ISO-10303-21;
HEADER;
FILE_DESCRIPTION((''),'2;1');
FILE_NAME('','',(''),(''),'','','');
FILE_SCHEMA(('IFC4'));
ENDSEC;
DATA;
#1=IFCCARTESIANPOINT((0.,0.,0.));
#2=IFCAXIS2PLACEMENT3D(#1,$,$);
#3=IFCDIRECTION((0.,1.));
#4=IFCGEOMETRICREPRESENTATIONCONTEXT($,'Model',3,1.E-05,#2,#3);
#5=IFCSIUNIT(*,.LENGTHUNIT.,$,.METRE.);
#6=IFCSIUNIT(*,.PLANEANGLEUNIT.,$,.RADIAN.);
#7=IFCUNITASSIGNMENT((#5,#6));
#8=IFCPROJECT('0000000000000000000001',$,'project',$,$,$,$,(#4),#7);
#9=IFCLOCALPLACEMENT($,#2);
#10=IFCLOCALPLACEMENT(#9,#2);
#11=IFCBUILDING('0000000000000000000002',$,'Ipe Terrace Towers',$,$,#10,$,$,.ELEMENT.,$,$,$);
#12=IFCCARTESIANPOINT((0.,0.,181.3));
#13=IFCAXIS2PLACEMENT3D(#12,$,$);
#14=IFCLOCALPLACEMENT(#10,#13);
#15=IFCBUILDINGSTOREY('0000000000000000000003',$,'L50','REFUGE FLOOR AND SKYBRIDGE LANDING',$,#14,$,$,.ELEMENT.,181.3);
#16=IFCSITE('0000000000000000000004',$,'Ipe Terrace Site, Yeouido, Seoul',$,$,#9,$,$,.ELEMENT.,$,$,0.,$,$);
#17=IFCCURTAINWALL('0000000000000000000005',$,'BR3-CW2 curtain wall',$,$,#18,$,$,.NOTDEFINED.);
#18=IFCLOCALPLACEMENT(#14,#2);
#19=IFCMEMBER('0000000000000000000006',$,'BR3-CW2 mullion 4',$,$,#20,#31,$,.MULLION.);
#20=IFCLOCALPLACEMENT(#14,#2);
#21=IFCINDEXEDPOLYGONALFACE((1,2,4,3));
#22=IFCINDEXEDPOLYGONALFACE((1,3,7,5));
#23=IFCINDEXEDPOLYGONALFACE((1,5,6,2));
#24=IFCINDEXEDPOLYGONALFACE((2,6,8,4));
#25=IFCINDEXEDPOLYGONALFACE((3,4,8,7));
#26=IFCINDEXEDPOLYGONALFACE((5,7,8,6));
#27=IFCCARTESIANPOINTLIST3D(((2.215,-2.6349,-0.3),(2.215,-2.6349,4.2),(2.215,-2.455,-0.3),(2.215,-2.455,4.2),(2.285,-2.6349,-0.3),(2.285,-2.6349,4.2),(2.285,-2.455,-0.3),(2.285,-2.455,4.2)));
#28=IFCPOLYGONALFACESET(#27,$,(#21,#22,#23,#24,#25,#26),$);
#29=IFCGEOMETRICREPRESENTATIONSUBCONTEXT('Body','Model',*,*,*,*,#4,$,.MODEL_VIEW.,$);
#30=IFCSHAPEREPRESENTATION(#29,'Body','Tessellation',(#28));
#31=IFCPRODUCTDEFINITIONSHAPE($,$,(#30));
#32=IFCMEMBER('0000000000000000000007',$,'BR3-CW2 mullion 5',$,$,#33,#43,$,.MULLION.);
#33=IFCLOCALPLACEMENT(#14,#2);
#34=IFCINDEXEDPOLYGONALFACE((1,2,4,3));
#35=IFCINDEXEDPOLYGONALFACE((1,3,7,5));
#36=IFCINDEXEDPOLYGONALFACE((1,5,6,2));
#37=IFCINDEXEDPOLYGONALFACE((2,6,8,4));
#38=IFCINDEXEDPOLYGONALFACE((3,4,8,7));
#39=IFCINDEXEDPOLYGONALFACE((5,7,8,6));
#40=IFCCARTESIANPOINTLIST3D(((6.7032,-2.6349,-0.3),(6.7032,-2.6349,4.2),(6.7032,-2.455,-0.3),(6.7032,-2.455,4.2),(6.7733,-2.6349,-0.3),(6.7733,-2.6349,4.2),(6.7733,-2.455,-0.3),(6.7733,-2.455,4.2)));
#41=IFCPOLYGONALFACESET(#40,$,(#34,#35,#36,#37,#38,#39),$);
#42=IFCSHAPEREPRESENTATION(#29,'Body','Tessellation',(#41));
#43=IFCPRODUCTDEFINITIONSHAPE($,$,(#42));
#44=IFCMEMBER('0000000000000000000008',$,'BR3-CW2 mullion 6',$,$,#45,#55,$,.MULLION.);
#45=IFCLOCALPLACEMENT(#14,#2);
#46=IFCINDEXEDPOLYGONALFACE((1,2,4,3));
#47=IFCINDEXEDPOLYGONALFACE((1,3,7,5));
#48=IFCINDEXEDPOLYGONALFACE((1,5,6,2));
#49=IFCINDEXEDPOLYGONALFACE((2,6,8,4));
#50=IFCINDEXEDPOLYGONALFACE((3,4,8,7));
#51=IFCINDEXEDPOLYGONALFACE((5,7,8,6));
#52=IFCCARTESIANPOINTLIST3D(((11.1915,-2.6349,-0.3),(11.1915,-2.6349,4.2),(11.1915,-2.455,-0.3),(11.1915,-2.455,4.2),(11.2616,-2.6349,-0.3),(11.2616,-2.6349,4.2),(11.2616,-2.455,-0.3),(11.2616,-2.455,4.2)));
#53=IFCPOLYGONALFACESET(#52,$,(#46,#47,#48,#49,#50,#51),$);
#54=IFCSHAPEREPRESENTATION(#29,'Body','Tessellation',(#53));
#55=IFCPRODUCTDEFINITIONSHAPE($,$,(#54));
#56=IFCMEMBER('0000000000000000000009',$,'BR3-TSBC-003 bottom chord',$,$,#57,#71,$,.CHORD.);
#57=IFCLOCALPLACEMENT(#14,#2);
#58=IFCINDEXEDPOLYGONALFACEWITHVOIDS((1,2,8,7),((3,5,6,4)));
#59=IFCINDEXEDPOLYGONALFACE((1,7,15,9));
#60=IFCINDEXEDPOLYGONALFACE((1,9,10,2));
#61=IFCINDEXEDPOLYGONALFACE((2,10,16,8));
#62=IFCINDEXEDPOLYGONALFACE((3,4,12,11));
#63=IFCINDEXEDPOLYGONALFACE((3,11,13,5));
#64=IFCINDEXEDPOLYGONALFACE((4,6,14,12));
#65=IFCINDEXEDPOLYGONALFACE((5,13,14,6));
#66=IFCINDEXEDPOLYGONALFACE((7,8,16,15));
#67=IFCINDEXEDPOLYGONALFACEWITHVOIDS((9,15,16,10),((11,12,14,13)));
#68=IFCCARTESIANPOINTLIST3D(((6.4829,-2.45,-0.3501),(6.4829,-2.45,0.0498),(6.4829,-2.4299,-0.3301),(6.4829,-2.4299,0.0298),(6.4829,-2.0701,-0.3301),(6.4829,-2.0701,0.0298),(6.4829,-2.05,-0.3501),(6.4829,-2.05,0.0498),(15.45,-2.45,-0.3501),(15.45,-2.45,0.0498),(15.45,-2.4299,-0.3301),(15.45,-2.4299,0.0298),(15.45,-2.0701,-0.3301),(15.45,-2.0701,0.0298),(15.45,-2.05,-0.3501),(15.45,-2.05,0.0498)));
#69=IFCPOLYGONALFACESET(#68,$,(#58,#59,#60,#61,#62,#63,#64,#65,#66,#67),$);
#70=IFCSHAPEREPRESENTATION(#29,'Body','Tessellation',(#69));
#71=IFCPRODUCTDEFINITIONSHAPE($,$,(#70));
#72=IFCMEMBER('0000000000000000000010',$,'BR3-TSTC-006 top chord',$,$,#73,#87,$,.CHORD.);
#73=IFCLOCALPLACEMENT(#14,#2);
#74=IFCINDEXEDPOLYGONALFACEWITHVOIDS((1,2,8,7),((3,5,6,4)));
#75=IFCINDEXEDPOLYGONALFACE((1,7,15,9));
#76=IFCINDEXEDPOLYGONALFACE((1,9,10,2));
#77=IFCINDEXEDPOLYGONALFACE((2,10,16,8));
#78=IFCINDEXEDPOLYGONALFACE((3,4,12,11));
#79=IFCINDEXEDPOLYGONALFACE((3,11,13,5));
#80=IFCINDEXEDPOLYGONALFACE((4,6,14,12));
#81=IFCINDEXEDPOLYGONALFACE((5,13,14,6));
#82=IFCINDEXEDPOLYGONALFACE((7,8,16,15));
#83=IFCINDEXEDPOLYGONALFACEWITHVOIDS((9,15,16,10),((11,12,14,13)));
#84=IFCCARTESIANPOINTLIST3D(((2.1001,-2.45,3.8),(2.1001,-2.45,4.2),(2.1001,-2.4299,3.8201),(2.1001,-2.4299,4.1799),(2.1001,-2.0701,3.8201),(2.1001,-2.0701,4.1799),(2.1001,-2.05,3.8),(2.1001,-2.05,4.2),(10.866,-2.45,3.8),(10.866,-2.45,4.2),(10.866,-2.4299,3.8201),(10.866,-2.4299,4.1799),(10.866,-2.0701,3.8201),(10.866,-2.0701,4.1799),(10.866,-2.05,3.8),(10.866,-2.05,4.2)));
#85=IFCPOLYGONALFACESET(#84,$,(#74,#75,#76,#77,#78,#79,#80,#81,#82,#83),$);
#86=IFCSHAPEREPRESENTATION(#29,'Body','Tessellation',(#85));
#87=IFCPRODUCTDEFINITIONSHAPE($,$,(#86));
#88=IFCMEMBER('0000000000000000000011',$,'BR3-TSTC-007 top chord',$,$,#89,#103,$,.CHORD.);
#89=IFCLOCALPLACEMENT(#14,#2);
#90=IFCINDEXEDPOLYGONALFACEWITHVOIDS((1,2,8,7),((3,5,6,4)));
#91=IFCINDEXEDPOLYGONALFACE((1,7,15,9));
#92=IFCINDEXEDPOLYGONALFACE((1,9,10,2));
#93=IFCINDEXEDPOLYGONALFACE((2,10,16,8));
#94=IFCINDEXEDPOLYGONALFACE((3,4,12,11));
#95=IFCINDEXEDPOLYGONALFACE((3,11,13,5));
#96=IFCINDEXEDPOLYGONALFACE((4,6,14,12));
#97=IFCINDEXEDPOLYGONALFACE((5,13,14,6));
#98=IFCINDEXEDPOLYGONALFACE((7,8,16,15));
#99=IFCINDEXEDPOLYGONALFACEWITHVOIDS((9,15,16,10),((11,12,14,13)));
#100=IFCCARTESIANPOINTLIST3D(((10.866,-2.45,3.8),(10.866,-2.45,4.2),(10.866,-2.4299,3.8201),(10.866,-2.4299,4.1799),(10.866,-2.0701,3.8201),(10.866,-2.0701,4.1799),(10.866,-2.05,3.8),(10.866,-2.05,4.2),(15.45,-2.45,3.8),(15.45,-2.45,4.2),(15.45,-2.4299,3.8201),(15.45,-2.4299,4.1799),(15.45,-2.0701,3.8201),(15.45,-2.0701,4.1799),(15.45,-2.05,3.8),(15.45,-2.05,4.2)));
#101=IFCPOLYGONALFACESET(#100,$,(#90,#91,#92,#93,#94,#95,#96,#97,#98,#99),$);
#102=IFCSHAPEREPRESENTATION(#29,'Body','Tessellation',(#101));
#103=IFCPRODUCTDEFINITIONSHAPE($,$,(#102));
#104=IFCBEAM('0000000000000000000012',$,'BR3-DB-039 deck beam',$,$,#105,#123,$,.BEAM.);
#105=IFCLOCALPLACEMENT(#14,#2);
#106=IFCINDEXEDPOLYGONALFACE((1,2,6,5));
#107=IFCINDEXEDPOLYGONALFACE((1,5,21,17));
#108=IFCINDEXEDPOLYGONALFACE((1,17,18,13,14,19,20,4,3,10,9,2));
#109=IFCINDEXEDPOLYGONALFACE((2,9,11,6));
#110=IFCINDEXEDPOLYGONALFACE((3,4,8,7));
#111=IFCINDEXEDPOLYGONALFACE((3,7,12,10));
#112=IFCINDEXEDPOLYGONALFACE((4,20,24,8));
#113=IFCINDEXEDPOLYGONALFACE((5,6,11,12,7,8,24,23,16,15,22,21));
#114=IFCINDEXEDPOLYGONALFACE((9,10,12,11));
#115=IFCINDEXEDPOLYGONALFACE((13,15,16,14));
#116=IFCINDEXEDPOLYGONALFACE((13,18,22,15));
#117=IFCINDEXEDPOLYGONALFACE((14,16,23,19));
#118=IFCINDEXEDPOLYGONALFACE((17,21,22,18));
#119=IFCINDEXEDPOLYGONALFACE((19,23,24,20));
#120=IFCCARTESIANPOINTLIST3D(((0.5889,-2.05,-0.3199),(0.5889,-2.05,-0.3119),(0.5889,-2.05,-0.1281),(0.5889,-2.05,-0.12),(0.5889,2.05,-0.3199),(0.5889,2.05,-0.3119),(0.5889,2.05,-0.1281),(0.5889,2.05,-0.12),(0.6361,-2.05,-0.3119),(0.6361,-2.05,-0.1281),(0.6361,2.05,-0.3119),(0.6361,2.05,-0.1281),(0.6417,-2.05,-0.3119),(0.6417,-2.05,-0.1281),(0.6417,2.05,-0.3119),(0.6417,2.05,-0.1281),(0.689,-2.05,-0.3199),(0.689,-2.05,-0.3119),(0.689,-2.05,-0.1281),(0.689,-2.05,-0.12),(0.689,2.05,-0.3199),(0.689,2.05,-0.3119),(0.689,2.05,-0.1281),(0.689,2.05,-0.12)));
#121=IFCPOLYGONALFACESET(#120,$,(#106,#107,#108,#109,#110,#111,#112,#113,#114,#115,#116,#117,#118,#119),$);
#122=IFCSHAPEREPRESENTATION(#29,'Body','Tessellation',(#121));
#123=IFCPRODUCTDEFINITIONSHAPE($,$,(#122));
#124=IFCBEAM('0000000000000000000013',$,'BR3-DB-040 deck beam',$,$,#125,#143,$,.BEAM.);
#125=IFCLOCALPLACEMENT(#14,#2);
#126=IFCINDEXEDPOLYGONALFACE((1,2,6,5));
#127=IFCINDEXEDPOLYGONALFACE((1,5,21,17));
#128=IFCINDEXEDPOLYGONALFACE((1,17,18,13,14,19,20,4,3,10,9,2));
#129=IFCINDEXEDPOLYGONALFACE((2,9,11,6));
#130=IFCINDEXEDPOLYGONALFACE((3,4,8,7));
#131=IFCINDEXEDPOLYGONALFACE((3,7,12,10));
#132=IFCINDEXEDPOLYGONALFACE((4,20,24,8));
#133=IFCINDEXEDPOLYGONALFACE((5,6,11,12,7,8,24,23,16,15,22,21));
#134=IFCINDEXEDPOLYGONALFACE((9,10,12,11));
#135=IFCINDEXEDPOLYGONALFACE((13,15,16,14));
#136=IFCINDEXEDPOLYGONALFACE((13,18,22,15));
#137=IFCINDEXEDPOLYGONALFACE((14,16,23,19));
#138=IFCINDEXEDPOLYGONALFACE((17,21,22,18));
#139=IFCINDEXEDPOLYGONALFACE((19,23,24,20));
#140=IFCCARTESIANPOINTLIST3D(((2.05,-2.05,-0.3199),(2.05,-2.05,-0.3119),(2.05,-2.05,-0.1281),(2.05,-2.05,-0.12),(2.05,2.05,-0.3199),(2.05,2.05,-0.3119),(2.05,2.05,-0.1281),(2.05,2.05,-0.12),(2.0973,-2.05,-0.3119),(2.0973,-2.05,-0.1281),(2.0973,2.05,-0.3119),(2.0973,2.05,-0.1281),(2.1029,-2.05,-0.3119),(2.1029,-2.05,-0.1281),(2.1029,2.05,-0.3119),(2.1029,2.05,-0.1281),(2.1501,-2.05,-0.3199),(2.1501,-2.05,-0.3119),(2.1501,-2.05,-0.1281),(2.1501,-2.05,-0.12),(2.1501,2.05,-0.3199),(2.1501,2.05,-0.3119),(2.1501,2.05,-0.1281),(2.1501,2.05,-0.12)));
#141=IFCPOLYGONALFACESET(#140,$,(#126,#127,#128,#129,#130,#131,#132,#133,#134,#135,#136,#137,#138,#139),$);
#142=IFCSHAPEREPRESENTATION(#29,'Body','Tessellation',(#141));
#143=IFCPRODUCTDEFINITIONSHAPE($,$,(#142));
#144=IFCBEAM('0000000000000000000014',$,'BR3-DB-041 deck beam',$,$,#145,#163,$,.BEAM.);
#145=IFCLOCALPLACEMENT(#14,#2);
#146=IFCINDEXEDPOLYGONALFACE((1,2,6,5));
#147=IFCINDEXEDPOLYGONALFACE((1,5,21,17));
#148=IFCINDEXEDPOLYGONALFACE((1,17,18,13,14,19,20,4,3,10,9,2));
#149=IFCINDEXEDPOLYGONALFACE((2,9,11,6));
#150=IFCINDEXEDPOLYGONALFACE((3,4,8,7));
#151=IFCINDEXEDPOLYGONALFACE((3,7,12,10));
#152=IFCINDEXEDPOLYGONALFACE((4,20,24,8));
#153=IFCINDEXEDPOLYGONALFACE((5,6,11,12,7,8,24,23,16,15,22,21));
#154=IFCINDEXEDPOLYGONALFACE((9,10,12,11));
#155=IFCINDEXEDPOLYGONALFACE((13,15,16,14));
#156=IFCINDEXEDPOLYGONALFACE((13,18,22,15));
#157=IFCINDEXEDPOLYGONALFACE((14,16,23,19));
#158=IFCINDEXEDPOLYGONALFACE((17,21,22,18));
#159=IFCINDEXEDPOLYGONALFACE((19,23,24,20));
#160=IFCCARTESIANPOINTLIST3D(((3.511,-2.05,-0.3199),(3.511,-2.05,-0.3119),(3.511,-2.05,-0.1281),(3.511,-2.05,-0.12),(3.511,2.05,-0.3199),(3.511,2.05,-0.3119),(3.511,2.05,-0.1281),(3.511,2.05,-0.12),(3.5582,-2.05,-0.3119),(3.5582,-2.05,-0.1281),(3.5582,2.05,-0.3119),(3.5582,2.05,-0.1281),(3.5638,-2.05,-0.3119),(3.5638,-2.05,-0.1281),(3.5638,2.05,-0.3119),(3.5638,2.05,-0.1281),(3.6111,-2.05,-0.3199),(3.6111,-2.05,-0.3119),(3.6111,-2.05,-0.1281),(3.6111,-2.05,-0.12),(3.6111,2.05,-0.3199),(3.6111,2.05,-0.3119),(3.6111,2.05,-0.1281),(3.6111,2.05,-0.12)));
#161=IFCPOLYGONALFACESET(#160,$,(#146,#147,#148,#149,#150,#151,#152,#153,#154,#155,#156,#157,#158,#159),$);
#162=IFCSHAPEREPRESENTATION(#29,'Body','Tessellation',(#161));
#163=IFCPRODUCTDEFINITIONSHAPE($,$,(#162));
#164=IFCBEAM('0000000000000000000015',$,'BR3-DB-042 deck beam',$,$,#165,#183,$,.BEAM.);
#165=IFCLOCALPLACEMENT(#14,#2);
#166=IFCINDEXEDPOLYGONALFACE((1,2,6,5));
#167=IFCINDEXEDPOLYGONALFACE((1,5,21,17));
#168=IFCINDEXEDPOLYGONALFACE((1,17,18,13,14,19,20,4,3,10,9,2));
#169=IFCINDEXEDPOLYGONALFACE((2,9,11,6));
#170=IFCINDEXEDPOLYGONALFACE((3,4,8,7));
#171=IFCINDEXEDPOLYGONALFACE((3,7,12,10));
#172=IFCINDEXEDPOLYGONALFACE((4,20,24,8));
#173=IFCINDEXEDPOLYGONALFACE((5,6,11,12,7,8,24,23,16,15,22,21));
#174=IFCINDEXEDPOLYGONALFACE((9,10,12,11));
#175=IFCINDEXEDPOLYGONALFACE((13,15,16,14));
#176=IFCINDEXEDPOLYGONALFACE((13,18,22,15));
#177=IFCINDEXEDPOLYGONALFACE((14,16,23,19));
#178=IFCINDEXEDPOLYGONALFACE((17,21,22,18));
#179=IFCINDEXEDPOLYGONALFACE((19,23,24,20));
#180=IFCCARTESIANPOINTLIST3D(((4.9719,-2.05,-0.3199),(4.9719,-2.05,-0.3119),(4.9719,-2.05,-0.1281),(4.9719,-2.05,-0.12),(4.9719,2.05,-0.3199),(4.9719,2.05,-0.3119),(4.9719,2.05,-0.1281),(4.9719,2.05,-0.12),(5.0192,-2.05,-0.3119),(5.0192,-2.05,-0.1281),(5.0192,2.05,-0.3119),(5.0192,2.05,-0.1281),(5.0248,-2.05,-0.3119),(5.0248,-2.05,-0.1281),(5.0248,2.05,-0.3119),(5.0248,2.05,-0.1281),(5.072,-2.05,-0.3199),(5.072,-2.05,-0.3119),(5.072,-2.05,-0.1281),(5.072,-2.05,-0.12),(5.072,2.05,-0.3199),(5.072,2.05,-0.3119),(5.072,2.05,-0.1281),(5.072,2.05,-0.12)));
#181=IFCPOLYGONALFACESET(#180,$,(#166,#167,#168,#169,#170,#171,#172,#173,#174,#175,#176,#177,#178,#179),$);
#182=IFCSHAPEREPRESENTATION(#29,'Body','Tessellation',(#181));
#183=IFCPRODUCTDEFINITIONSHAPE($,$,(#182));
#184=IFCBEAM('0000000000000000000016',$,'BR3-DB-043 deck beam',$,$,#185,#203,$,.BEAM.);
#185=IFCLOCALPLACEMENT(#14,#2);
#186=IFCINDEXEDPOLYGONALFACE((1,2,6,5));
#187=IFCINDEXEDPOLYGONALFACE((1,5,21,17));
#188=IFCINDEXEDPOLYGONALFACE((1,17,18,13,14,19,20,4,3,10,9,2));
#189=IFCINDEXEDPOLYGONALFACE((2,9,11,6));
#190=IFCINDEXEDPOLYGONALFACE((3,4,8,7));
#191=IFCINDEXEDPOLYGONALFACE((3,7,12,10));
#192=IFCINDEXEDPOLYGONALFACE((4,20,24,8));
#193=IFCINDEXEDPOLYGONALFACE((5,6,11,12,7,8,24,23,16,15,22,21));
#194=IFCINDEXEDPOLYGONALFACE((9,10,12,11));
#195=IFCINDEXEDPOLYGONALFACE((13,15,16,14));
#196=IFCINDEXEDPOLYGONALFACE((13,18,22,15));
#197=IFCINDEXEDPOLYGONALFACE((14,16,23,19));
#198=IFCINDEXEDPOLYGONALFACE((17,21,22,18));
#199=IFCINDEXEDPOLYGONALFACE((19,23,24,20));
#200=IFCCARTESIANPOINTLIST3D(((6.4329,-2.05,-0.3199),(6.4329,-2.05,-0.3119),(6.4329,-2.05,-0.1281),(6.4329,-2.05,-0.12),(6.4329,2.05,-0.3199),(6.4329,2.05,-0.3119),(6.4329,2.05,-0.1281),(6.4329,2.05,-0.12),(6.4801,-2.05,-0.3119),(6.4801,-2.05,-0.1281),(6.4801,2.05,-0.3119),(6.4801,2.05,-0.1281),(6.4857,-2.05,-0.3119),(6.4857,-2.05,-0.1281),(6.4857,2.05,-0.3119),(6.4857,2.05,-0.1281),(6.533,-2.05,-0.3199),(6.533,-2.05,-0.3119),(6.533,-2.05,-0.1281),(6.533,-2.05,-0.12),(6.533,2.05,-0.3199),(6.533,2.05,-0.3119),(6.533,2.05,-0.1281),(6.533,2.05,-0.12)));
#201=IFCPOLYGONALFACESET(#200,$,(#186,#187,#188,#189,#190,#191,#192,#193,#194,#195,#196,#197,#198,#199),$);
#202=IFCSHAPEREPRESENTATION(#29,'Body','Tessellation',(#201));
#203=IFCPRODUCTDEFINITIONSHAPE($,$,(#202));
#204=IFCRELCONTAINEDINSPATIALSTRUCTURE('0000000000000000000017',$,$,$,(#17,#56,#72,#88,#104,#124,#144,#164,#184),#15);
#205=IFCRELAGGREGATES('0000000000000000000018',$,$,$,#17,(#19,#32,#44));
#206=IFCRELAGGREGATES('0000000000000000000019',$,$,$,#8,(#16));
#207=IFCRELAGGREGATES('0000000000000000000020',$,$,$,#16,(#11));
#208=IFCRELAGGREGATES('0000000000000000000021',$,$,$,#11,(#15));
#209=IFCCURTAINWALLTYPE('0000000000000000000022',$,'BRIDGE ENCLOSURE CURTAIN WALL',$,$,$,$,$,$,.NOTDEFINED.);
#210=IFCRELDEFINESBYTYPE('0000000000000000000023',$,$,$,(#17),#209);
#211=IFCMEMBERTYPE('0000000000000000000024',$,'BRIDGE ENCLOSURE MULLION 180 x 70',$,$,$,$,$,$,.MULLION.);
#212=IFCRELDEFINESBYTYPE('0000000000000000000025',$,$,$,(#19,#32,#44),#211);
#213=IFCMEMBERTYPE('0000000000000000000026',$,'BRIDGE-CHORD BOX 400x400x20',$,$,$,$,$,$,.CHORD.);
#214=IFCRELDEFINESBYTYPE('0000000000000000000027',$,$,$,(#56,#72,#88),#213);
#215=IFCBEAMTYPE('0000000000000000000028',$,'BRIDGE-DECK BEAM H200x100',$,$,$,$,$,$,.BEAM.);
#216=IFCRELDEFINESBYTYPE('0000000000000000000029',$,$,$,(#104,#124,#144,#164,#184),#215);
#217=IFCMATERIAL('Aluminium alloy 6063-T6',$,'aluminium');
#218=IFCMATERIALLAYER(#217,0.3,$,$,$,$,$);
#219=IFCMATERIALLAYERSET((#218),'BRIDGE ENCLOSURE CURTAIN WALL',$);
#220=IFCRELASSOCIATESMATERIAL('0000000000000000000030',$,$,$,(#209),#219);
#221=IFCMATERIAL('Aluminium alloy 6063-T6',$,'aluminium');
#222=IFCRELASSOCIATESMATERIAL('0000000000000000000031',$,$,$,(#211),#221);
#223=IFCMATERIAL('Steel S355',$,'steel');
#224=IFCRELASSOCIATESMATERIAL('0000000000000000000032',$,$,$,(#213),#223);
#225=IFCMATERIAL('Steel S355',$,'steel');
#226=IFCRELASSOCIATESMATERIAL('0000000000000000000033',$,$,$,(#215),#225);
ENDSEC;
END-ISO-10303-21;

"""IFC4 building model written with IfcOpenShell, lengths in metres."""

from ifc_helpers import new_model, si_unit, direction, frame, origin, origin_2d, place, context, subcontext, project, spatial, rectangle, hollow_rectangle, i_section, extrude, material, layer, layer_set, material_profile, profile_set, type_object, element, aggregate, save


model = new_model("IFC4")

# Units and contexts
model_context = context("Model", 3, precision=1e-05, world=origin(), true_north=direction((0.0, 1.0)))
body_context = subcontext(model_context, "Body", "Model", "MODEL_VIEW")
ifc_project = project(units=[si_unit("LENGTHUNIT", "METRE"), si_unit("PLANEANGLEUNIT", "RADIAN")], contexts=[model_context])

# Site, building, storey
site_placement = place(None, origin())
site = spatial("IfcSite", under=ifc_project, at=site_placement, Name="Ipe Terrace Site, Yeouido, Seoul", CompositionType="ELEMENT", RefElevation=0.0)
building_placement = place(site_placement, origin())
building = spatial("IfcBuilding", under=site, at=building_placement, Name="Ipe Terrace Towers", CompositionType="ELEMENT")
storey_placement = place(building_placement, frame((0.0, 0.0, 181.3)))
storey = spatial("IfcBuildingStorey", under=building, at=storey_placement, Name="L50", Description="REFUGE FLOOR AND SKYBRIDGE LANDING", CompositionType="ELEMENT", Elevation=181.3)

# Curtain wall, members
ifc_material_1 = material(Name="Aluminium alloy 6063-T6", Category="aluminium")
ifc_layer_1 = layer(ifc_material_1, 0.3)
ifc_layer_set_1 = layer_set([ifc_layer_1], Name="BRIDGE ENCLOSURE CURTAIN WALL")
curtain_wall_type = type_object("IfcCurtainWallType", Name="BRIDGE ENCLOSURE CURTAIN WALL", PredefinedType="NOTDEFINED", material=ifc_layer_set_1)
curtain_wall_placement = place(storey_placement, origin())
curtain_wall = element("IfcCurtainWall", 1, at=curtain_wall_placement, inside=storey, type_object=curtain_wall_type, Name="BR3-CW2 curtain wall", PredefinedType="NOTDEFINED")
ifc_material_2 = material(Name="Aluminium alloy 6063-T6", Category="aluminium")
ifc_material_profile_1 = material_profile(ifc_material_2, rectangle(XDim=0.1799, YDim=0.0701, at=origin_2d()), Name="BRIDGE ENCLOSURE MULLION 180 x 70")
ifc_profile_set_1 = profile_set([ifc_material_profile_1], Name="Aluminium alloy 6063-T6")
member_type_1 = type_object("IfcMemberType", Name="BRIDGE ENCLOSURE MULLION 180 x 70", PredefinedType="MULLION", material=ifc_profile_set_1)
member_1_placement = place(storey_placement, frame((2.25, -2.5449, -0.3), z_axis=(0.0, 0.0, 1.0), x_axis=(0.0, -1.0, 0.0)))
member_1 = element("IfcMember", 2, at=member_1_placement, type_object=member_type_1, Name="BR3-CW2 mullion 4", PredefinedType="MULLION", context=body_context, shape_type="SweptSolid", body=[
    extrude(rectangle(XDim=0.1799, YDim=0.0701, at=origin_2d()), origin(), (0.0, 0.0, 1.0), 4.5),
])
member_2_placement = place(storey_placement, frame((6.7383, -2.5449, -0.3), z_axis=(0.0, 0.0, 1.0), x_axis=(0.0, -1.0, 0.0)))
member_2 = element("IfcMember", 3, at=member_2_placement, type_object=member_type_1, Name="BR3-CW2 mullion 5", PredefinedType="MULLION", context=body_context, shape_type="SweptSolid", body=[
    extrude(rectangle(XDim=0.1799, YDim=0.0701, at=origin_2d()), origin(), (0.0, 0.0, 1.0), 4.5),
])
member_3_placement = place(storey_placement, frame((11.2266, -2.5449, -0.3), z_axis=(0.0, 0.0, 1.0), x_axis=(0.0, -1.0, 0.0)))
member_3 = element("IfcMember", 4, at=member_3_placement, type_object=member_type_1, Name="BR3-CW2 mullion 6", PredefinedType="MULLION", context=body_context, shape_type="SweptSolid", body=[
    extrude(rectangle(XDim=0.1799, YDim=0.0701, at=origin_2d()), origin(), (0.0, 0.0, 1.0), 4.5),
])

# Members
ifc_material_3 = material(Name="Steel S355", Category="steel")
ifc_material_profile_2 = material_profile(ifc_material_3, hollow_rectangle(XDim=0.3999, YDim=0.3999, WallThickness=0.02, at=origin_2d()), Name="BRIDGE-CHORD BOX 400x400x20")
ifc_profile_set_2 = profile_set([ifc_material_profile_2], Name="Steel S355")
member_type_2 = type_object("IfcMemberType", Name="BRIDGE-CHORD BOX 400x400x20", PredefinedType="CHORD", material=ifc_profile_set_2)
member_4_placement = place(storey_placement, frame((6.4829, -2.25, -0.1501), z_axis=(1.0, 0.0, 0.0), x_axis=(0.0, 1.0, 0.0)))
element("IfcMember", 5, at=member_4_placement, inside=storey, type_object=member_type_2, Name="BR3-TSBC-003 bottom chord", PredefinedType="CHORD", context=body_context, shape_type="SweptSolid", body=[
    extrude(hollow_rectangle(XDim=0.3999, YDim=0.3999, WallThickness=0.02, at=origin_2d()), origin(), (0.0, 0.0, 1.0), 8.967),
])
member_5_placement = place(storey_placement, frame((2.1001, -2.25, 4.0), z_axis=(1.0, 0.0, 0.0), x_axis=(0.0, 1.0, 0.0)))
element("IfcMember", 6, at=member_5_placement, inside=storey, type_object=member_type_2, Name="BR3-TSTC-006 top chord", PredefinedType="CHORD", context=body_context, shape_type="SweptSolid", body=[
    extrude(hollow_rectangle(XDim=0.3999, YDim=0.3999, WallThickness=0.02, at=origin_2d()), origin(), (0.0, 0.0, 1.0), 8.7659),
])
member_6_placement = place(storey_placement, frame((10.866, -2.25, 4.0), z_axis=(1.0, 0.0, 0.0), x_axis=(0.0, 1.0, 0.0)))
element("IfcMember", 7, at=member_6_placement, inside=storey, type_object=member_type_2, Name="BR3-TSTC-007 top chord", PredefinedType="CHORD", context=body_context, shape_type="SweptSolid", body=[
    extrude(hollow_rectangle(XDim=0.3999, YDim=0.3999, WallThickness=0.02, at=origin_2d()), origin(), (0.0, 0.0, 1.0), 4.584),
])

# Beams
ifc_material_4 = material(Name="Steel S355", Category="steel")
ifc_material_profile_3 = material_profile(ifc_material_4, i_section(OverallWidth=0.1001, OverallDepth=0.2, WebThickness=0.0056, FlangeThickness=0.0081, at=origin_2d()), Name="H200x100")
ifc_profile_set_3 = profile_set([ifc_material_profile_3], Name="Steel S355")
beam_type_1 = type_object("IfcBeamType", Name="BRIDGE-DECK BEAM H200x100", PredefinedType="BEAM", material=ifc_profile_set_3)
for number, where, z_axis, x_axis, name in (
    (8, (0.6389, -2.05, -0.22), (0.0, 1.0, 0.0), (-1.0, 0.0, 0.0), "BR3-DB-039 deck beam"),
    (9, (2.1001, -2.05, -0.22), (0.0, 1.0, 0.0), (-1.0, 0.0, 0.0), "BR3-DB-040 deck beam"),
    (10, (3.561, -2.05, -0.22), (0.0, 1.0, 0.0), (-1.0, 0.0, 0.0), "BR3-DB-041 deck beam"),
    (11, (5.022, -2.05, -0.22), (0.0, 1.0, 0.0), (-1.0, 0.0, 0.0), "BR3-DB-042 deck beam"),
    (12, (6.4829, -2.05, -0.22), (0.0, 1.0, 0.0), (-1.0, 0.0, 0.0), "BR3-DB-043 deck beam"),
):
    element("IfcBeam", number, at=place(storey_placement, frame(where, z_axis=z_axis, x_axis=x_axis)), inside=storey, type_object=beam_type_1, Name=name, PredefinedType="BEAM", context=body_context, shape_type="SweptSolid", body=[
        extrude(i_section(OverallWidth=0.1001, OverallDepth=0.2, WebThickness=0.0056, FlangeThickness=0.0081, at=origin_2d()), origin(), (0.0, 0.0, 1.0), 4.1001),
    ])

aggregate(curtain_wall, [member_1, member_2, member_3])

save(model, "model.ifc")
